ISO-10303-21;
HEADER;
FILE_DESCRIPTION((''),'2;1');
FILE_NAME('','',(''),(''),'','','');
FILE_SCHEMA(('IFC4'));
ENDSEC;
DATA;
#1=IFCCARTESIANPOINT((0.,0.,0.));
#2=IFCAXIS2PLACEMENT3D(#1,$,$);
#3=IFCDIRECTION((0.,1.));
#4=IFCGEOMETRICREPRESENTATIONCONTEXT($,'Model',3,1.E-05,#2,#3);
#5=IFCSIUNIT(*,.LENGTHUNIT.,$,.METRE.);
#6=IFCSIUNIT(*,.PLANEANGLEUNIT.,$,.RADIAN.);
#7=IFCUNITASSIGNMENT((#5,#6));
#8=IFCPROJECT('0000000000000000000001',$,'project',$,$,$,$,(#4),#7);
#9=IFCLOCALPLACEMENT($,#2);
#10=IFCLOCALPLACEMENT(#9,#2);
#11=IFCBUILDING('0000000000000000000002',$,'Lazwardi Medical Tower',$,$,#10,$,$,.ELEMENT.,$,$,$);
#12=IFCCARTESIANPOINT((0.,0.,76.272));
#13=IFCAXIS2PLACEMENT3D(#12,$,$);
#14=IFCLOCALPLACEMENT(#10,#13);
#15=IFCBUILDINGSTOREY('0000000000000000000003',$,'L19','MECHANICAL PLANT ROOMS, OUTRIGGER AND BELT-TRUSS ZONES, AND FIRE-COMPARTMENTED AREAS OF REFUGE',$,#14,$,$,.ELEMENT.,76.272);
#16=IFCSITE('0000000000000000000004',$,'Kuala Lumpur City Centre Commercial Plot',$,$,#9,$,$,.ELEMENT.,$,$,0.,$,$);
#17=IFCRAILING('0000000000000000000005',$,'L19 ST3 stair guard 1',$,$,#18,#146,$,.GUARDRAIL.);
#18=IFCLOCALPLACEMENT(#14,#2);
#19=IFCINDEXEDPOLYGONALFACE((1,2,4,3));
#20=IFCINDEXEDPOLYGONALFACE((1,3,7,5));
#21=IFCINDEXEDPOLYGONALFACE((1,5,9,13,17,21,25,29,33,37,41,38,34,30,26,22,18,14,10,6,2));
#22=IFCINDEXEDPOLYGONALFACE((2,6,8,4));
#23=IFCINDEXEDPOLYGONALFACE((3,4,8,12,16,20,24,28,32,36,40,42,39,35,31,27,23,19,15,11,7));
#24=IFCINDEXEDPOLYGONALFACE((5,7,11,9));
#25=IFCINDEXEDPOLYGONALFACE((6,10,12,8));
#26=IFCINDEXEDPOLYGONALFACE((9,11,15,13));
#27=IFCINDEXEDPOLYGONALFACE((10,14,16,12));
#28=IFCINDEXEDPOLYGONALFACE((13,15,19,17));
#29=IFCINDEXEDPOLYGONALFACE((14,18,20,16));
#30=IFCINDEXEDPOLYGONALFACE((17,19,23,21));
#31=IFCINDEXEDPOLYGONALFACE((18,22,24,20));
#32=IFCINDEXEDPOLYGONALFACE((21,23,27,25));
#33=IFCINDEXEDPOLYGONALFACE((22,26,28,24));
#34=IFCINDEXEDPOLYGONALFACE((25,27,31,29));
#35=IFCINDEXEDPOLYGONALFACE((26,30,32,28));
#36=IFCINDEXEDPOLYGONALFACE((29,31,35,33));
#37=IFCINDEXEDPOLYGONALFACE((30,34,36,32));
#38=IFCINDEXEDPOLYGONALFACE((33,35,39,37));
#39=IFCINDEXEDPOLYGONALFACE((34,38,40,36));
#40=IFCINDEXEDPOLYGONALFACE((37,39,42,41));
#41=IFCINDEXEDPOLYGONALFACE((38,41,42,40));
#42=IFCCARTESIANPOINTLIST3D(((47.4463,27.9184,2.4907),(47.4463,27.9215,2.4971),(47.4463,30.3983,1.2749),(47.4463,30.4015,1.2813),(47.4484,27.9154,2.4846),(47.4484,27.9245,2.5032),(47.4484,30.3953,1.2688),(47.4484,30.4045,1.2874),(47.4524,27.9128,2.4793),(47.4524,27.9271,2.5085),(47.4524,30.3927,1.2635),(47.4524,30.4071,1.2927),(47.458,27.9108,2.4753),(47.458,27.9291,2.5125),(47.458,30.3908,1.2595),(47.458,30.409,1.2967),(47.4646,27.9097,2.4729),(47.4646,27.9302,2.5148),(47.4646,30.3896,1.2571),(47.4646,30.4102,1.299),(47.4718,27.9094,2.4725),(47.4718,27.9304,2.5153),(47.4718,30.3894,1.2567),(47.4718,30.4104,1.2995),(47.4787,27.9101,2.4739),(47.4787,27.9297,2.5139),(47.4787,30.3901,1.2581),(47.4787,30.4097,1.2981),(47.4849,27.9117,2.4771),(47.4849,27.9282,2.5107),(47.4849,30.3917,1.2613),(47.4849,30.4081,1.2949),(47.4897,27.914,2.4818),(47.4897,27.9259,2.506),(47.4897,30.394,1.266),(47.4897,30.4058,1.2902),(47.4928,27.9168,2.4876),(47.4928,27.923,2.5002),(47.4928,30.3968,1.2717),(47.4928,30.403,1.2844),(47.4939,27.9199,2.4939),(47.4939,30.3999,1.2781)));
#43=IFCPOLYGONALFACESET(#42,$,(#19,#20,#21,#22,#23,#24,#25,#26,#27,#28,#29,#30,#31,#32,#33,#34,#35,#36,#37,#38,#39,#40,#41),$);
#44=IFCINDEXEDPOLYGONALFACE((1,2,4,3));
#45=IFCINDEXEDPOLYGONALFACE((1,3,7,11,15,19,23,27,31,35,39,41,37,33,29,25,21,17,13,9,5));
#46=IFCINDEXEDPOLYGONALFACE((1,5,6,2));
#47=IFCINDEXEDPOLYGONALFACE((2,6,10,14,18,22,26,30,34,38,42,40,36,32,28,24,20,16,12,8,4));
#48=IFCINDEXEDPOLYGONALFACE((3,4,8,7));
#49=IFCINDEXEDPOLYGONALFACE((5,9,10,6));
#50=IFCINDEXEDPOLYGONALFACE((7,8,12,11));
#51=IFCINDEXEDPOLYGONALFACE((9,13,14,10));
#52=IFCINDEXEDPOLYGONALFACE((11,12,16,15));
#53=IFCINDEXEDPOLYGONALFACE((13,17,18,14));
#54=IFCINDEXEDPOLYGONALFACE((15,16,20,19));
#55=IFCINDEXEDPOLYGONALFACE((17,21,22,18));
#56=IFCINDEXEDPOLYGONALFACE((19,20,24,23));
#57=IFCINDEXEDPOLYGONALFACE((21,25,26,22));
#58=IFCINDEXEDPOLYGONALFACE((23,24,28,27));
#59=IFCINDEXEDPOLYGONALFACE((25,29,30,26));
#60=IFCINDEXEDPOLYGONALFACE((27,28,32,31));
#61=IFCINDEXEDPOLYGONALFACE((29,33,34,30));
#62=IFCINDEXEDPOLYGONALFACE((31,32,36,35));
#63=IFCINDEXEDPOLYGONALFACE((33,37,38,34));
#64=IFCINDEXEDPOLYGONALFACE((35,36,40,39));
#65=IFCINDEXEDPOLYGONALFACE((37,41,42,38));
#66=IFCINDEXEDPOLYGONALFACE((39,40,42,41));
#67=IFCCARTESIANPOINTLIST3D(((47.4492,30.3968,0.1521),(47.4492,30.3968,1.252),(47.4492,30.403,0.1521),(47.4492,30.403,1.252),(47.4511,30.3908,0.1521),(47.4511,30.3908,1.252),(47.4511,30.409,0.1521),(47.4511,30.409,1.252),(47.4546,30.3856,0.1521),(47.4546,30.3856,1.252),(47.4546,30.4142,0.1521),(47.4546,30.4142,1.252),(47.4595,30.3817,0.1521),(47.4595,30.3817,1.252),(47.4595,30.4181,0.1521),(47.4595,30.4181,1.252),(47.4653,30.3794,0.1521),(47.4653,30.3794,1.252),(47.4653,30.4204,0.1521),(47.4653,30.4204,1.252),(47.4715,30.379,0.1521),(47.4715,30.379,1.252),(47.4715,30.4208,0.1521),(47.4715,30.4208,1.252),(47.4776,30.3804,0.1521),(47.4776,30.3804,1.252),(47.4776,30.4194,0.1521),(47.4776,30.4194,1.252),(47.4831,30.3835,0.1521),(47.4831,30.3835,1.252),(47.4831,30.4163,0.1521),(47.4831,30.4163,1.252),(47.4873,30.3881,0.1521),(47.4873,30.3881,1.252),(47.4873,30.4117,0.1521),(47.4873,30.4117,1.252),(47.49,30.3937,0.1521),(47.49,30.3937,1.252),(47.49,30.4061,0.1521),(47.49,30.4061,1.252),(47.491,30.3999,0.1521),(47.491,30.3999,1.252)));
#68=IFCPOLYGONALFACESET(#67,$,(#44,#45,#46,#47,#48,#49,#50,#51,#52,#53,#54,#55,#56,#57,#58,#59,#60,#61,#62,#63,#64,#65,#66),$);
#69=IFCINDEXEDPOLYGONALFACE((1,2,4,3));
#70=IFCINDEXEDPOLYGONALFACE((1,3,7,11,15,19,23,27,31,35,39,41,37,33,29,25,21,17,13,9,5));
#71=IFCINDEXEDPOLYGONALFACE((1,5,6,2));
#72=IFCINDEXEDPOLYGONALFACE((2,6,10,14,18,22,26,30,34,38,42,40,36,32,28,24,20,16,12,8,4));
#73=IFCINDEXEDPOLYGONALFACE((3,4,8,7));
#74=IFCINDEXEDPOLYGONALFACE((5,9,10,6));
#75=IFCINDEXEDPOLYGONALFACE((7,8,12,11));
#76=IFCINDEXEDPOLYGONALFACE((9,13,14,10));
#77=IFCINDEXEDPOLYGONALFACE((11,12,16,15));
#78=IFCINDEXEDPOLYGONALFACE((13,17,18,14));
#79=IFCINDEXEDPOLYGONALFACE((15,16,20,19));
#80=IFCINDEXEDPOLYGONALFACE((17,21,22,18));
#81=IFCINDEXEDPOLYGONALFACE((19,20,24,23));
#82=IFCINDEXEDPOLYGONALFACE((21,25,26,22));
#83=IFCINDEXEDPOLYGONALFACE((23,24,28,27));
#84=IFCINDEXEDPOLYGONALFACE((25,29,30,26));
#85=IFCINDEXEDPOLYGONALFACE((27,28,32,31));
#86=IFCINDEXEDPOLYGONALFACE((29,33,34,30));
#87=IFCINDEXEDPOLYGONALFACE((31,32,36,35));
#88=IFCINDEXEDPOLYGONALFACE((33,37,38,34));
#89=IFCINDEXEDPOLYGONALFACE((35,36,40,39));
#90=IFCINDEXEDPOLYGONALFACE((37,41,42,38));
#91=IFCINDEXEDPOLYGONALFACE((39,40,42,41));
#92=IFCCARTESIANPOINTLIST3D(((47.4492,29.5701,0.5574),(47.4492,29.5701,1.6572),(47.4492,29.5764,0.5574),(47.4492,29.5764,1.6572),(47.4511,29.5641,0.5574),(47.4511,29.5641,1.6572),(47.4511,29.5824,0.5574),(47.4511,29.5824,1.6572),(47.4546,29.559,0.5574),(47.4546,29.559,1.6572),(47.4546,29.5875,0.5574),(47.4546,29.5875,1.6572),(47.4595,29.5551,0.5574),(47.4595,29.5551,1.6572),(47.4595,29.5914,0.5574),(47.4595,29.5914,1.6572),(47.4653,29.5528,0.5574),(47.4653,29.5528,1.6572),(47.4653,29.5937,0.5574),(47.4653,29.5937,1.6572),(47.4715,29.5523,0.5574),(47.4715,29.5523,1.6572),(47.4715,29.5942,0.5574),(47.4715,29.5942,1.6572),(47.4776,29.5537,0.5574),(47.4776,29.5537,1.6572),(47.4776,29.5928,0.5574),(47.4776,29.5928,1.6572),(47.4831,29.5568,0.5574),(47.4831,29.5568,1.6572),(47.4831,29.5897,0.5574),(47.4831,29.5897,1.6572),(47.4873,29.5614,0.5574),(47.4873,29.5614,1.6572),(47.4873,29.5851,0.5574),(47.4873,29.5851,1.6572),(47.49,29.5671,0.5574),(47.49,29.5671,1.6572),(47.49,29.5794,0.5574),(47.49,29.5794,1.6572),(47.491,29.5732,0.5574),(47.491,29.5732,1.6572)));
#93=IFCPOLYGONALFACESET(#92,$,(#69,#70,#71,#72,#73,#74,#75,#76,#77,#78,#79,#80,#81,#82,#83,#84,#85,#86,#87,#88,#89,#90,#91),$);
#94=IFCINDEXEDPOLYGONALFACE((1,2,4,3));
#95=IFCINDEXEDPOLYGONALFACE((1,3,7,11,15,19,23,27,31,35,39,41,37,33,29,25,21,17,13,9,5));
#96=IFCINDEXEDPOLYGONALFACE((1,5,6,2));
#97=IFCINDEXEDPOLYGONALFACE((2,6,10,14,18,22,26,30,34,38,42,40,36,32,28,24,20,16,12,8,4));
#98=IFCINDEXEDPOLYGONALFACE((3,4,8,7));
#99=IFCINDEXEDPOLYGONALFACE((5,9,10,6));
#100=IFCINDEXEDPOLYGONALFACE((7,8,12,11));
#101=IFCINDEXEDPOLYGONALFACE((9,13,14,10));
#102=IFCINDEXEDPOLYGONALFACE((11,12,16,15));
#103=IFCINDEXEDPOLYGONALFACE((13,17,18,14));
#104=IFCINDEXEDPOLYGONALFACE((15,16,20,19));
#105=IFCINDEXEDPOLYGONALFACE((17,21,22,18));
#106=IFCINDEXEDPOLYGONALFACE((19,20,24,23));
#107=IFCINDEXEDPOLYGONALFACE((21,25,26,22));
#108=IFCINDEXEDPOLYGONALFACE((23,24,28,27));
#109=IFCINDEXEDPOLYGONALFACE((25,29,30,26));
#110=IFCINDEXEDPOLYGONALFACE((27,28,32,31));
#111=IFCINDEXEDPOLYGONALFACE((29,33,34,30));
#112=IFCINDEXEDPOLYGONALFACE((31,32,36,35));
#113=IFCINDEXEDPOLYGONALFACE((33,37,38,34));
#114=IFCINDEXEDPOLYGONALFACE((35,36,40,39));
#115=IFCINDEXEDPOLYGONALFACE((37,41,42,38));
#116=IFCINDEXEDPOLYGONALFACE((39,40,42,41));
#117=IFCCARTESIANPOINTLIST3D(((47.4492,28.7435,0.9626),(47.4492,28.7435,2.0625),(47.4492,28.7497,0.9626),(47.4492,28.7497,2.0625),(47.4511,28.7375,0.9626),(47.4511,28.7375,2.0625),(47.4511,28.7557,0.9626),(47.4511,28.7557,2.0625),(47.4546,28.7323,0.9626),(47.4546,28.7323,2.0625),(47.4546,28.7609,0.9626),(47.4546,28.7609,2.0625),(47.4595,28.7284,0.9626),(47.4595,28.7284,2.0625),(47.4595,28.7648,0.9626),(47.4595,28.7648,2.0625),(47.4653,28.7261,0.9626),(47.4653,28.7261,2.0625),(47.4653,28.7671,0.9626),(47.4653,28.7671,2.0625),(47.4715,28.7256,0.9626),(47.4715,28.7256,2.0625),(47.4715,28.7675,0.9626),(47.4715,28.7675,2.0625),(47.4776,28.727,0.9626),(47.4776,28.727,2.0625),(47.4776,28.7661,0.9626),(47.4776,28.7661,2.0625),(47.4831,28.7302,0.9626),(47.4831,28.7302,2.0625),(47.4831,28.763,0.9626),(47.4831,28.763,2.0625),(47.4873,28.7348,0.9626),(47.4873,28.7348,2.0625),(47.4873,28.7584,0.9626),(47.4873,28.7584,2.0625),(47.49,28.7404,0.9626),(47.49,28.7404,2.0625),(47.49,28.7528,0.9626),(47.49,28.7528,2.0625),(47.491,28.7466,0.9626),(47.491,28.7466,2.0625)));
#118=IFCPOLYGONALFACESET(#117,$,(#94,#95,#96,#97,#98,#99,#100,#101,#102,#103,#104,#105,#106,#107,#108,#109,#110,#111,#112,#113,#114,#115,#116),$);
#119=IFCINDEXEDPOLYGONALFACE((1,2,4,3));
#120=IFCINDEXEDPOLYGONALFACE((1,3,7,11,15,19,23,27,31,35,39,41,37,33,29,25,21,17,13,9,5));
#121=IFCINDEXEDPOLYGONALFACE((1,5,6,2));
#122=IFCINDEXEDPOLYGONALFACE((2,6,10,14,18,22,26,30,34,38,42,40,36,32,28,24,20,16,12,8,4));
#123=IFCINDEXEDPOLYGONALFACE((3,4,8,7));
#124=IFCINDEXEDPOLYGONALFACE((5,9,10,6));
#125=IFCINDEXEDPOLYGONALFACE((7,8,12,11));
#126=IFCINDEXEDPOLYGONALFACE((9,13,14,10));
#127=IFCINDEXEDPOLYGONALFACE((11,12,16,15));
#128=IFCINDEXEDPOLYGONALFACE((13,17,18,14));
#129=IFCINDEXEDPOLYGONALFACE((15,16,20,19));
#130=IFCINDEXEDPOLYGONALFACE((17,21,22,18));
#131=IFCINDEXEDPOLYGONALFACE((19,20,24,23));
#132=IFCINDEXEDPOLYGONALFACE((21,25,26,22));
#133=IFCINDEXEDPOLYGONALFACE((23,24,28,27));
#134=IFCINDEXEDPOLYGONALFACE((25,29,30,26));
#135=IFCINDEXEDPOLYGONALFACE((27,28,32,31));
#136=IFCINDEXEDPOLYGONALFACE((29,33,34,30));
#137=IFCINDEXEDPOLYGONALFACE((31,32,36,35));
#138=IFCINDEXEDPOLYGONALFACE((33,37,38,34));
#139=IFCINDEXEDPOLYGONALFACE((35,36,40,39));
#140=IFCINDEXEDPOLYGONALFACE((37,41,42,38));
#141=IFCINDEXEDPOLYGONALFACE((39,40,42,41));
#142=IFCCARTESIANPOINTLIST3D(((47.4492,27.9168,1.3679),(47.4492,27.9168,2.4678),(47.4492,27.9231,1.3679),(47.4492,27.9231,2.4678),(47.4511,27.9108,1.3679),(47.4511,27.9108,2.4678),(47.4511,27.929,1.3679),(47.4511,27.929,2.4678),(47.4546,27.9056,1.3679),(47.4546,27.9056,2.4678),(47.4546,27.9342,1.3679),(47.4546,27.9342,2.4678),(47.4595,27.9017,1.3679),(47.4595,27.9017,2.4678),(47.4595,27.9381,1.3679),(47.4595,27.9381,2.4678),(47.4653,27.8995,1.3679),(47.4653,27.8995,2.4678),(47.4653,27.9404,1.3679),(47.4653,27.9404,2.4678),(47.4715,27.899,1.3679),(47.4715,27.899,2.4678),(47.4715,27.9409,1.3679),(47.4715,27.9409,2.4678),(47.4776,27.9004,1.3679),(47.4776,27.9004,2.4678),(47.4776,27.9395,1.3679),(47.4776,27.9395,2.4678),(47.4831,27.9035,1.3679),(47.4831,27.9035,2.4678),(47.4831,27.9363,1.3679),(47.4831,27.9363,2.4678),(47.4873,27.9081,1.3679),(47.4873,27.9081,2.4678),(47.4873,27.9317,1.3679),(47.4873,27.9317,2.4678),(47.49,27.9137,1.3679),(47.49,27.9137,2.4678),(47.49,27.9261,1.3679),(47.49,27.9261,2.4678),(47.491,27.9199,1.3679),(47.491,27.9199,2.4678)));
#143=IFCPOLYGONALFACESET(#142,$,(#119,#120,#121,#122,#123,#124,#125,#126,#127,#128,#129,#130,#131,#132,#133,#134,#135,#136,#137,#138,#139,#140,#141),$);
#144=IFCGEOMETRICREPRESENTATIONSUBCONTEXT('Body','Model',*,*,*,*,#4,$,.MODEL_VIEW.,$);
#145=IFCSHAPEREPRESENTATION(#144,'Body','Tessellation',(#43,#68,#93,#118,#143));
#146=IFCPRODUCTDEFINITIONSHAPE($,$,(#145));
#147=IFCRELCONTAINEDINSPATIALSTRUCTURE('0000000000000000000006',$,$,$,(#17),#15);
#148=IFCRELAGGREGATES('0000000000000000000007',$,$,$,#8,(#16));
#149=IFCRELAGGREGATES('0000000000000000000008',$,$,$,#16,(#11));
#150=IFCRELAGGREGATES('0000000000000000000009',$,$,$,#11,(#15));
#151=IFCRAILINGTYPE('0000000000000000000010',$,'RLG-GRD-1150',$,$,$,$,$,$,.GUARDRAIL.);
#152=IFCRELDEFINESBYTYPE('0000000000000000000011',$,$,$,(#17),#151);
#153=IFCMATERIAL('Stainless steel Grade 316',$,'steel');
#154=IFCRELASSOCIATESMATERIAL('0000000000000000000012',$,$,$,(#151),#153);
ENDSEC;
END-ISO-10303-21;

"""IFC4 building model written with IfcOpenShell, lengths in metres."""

from ifc_helpers import new_model, si_unit, direction, frame, origin, origin_2d, place, context, subcontext, project, spatial, circle, extrude, material, type_object, element, save


model = new_model("IFC4")

# Units and contexts
model_context = context("Model", 3, precision=1e-05, world=origin(), true_north=direction((0.0, 1.0)))
body_context = subcontext(model_context, "Body", "Model", "MODEL_VIEW")
ifc_project = project(units=[si_unit("LENGTHUNIT", "METRE"), si_unit("PLANEANGLEUNIT", "RADIAN")], contexts=[model_context])

# Site, building, storey
site_placement = place(None, origin())
site = spatial("IfcSite", under=ifc_project, at=site_placement, Name="Kuala Lumpur City Centre Commercial Plot", CompositionType="ELEMENT", RefElevation=0.0)
building_placement = place(site_placement, origin())
building = spatial("IfcBuilding", under=site, at=building_placement, Name="Lazwardi Medical Tower", CompositionType="ELEMENT")
storey_placement = place(building_placement, frame((0.0, 0.0, 76.272)))
storey = spatial("IfcBuildingStorey", under=building, at=storey_placement, Name="L19", Description="MECHANICAL PLANT ROOMS, OUTRIGGER AND BELT-TRUSS ZONES, AND FIRE-COMPARTMENTED AREAS OF REFUGE", CompositionType="ELEMENT", Elevation=76.272)

# Railing
ifc_material_1 = material(Name="Stainless steel Grade 316", Category="steel")
railing_type_1 = type_object("IfcRailingType", Name="RLG-GRD-1150", PredefinedType="GUARDRAIL", material=ifc_material_1)
railing_1_placement = place(storey_placement, frame((47.47, 30.3999, 0.1521)))
element("IfcRailing", 1, at=railing_1_placement, inside=storey, type_object=railing_type_1, Name="L19 ST3 stair guard 1", PredefinedType="GUARDRAIL", context=body_context, shape_type="SweptSolid", body=[
    extrude(circle(Radius=0.0239, at=origin_2d()), frame((0.0, 0.0, 1.126), z_axis=(0.0, -0.8979, 0.440199), x_axis=(1.0, 0.0, 0.0)), (0.0, 0.0, 1.0), 2.762),
    extrude(circle(Radius=0.021, at=origin_2d()), origin(), (0.0, 0.0, 1.0), 1.0999),
    extrude(circle(Radius=0.021, at=origin_2d()), frame((0.0, -0.8267, 0.4053)), (0.0, 0.0, 1.0), 1.0999),
    extrude(circle(Radius=0.021, at=origin_2d()), frame((0.0, -1.6533, 0.8105)), (0.0, 0.0, 1.0), 1.0999),
    extrude(circle(Radius=0.021, at=origin_2d()), frame((0.0, -2.48, 1.2158)), (0.0, 0.0, 1.0), 1.0999),
])

save(model, "model.ifc")
